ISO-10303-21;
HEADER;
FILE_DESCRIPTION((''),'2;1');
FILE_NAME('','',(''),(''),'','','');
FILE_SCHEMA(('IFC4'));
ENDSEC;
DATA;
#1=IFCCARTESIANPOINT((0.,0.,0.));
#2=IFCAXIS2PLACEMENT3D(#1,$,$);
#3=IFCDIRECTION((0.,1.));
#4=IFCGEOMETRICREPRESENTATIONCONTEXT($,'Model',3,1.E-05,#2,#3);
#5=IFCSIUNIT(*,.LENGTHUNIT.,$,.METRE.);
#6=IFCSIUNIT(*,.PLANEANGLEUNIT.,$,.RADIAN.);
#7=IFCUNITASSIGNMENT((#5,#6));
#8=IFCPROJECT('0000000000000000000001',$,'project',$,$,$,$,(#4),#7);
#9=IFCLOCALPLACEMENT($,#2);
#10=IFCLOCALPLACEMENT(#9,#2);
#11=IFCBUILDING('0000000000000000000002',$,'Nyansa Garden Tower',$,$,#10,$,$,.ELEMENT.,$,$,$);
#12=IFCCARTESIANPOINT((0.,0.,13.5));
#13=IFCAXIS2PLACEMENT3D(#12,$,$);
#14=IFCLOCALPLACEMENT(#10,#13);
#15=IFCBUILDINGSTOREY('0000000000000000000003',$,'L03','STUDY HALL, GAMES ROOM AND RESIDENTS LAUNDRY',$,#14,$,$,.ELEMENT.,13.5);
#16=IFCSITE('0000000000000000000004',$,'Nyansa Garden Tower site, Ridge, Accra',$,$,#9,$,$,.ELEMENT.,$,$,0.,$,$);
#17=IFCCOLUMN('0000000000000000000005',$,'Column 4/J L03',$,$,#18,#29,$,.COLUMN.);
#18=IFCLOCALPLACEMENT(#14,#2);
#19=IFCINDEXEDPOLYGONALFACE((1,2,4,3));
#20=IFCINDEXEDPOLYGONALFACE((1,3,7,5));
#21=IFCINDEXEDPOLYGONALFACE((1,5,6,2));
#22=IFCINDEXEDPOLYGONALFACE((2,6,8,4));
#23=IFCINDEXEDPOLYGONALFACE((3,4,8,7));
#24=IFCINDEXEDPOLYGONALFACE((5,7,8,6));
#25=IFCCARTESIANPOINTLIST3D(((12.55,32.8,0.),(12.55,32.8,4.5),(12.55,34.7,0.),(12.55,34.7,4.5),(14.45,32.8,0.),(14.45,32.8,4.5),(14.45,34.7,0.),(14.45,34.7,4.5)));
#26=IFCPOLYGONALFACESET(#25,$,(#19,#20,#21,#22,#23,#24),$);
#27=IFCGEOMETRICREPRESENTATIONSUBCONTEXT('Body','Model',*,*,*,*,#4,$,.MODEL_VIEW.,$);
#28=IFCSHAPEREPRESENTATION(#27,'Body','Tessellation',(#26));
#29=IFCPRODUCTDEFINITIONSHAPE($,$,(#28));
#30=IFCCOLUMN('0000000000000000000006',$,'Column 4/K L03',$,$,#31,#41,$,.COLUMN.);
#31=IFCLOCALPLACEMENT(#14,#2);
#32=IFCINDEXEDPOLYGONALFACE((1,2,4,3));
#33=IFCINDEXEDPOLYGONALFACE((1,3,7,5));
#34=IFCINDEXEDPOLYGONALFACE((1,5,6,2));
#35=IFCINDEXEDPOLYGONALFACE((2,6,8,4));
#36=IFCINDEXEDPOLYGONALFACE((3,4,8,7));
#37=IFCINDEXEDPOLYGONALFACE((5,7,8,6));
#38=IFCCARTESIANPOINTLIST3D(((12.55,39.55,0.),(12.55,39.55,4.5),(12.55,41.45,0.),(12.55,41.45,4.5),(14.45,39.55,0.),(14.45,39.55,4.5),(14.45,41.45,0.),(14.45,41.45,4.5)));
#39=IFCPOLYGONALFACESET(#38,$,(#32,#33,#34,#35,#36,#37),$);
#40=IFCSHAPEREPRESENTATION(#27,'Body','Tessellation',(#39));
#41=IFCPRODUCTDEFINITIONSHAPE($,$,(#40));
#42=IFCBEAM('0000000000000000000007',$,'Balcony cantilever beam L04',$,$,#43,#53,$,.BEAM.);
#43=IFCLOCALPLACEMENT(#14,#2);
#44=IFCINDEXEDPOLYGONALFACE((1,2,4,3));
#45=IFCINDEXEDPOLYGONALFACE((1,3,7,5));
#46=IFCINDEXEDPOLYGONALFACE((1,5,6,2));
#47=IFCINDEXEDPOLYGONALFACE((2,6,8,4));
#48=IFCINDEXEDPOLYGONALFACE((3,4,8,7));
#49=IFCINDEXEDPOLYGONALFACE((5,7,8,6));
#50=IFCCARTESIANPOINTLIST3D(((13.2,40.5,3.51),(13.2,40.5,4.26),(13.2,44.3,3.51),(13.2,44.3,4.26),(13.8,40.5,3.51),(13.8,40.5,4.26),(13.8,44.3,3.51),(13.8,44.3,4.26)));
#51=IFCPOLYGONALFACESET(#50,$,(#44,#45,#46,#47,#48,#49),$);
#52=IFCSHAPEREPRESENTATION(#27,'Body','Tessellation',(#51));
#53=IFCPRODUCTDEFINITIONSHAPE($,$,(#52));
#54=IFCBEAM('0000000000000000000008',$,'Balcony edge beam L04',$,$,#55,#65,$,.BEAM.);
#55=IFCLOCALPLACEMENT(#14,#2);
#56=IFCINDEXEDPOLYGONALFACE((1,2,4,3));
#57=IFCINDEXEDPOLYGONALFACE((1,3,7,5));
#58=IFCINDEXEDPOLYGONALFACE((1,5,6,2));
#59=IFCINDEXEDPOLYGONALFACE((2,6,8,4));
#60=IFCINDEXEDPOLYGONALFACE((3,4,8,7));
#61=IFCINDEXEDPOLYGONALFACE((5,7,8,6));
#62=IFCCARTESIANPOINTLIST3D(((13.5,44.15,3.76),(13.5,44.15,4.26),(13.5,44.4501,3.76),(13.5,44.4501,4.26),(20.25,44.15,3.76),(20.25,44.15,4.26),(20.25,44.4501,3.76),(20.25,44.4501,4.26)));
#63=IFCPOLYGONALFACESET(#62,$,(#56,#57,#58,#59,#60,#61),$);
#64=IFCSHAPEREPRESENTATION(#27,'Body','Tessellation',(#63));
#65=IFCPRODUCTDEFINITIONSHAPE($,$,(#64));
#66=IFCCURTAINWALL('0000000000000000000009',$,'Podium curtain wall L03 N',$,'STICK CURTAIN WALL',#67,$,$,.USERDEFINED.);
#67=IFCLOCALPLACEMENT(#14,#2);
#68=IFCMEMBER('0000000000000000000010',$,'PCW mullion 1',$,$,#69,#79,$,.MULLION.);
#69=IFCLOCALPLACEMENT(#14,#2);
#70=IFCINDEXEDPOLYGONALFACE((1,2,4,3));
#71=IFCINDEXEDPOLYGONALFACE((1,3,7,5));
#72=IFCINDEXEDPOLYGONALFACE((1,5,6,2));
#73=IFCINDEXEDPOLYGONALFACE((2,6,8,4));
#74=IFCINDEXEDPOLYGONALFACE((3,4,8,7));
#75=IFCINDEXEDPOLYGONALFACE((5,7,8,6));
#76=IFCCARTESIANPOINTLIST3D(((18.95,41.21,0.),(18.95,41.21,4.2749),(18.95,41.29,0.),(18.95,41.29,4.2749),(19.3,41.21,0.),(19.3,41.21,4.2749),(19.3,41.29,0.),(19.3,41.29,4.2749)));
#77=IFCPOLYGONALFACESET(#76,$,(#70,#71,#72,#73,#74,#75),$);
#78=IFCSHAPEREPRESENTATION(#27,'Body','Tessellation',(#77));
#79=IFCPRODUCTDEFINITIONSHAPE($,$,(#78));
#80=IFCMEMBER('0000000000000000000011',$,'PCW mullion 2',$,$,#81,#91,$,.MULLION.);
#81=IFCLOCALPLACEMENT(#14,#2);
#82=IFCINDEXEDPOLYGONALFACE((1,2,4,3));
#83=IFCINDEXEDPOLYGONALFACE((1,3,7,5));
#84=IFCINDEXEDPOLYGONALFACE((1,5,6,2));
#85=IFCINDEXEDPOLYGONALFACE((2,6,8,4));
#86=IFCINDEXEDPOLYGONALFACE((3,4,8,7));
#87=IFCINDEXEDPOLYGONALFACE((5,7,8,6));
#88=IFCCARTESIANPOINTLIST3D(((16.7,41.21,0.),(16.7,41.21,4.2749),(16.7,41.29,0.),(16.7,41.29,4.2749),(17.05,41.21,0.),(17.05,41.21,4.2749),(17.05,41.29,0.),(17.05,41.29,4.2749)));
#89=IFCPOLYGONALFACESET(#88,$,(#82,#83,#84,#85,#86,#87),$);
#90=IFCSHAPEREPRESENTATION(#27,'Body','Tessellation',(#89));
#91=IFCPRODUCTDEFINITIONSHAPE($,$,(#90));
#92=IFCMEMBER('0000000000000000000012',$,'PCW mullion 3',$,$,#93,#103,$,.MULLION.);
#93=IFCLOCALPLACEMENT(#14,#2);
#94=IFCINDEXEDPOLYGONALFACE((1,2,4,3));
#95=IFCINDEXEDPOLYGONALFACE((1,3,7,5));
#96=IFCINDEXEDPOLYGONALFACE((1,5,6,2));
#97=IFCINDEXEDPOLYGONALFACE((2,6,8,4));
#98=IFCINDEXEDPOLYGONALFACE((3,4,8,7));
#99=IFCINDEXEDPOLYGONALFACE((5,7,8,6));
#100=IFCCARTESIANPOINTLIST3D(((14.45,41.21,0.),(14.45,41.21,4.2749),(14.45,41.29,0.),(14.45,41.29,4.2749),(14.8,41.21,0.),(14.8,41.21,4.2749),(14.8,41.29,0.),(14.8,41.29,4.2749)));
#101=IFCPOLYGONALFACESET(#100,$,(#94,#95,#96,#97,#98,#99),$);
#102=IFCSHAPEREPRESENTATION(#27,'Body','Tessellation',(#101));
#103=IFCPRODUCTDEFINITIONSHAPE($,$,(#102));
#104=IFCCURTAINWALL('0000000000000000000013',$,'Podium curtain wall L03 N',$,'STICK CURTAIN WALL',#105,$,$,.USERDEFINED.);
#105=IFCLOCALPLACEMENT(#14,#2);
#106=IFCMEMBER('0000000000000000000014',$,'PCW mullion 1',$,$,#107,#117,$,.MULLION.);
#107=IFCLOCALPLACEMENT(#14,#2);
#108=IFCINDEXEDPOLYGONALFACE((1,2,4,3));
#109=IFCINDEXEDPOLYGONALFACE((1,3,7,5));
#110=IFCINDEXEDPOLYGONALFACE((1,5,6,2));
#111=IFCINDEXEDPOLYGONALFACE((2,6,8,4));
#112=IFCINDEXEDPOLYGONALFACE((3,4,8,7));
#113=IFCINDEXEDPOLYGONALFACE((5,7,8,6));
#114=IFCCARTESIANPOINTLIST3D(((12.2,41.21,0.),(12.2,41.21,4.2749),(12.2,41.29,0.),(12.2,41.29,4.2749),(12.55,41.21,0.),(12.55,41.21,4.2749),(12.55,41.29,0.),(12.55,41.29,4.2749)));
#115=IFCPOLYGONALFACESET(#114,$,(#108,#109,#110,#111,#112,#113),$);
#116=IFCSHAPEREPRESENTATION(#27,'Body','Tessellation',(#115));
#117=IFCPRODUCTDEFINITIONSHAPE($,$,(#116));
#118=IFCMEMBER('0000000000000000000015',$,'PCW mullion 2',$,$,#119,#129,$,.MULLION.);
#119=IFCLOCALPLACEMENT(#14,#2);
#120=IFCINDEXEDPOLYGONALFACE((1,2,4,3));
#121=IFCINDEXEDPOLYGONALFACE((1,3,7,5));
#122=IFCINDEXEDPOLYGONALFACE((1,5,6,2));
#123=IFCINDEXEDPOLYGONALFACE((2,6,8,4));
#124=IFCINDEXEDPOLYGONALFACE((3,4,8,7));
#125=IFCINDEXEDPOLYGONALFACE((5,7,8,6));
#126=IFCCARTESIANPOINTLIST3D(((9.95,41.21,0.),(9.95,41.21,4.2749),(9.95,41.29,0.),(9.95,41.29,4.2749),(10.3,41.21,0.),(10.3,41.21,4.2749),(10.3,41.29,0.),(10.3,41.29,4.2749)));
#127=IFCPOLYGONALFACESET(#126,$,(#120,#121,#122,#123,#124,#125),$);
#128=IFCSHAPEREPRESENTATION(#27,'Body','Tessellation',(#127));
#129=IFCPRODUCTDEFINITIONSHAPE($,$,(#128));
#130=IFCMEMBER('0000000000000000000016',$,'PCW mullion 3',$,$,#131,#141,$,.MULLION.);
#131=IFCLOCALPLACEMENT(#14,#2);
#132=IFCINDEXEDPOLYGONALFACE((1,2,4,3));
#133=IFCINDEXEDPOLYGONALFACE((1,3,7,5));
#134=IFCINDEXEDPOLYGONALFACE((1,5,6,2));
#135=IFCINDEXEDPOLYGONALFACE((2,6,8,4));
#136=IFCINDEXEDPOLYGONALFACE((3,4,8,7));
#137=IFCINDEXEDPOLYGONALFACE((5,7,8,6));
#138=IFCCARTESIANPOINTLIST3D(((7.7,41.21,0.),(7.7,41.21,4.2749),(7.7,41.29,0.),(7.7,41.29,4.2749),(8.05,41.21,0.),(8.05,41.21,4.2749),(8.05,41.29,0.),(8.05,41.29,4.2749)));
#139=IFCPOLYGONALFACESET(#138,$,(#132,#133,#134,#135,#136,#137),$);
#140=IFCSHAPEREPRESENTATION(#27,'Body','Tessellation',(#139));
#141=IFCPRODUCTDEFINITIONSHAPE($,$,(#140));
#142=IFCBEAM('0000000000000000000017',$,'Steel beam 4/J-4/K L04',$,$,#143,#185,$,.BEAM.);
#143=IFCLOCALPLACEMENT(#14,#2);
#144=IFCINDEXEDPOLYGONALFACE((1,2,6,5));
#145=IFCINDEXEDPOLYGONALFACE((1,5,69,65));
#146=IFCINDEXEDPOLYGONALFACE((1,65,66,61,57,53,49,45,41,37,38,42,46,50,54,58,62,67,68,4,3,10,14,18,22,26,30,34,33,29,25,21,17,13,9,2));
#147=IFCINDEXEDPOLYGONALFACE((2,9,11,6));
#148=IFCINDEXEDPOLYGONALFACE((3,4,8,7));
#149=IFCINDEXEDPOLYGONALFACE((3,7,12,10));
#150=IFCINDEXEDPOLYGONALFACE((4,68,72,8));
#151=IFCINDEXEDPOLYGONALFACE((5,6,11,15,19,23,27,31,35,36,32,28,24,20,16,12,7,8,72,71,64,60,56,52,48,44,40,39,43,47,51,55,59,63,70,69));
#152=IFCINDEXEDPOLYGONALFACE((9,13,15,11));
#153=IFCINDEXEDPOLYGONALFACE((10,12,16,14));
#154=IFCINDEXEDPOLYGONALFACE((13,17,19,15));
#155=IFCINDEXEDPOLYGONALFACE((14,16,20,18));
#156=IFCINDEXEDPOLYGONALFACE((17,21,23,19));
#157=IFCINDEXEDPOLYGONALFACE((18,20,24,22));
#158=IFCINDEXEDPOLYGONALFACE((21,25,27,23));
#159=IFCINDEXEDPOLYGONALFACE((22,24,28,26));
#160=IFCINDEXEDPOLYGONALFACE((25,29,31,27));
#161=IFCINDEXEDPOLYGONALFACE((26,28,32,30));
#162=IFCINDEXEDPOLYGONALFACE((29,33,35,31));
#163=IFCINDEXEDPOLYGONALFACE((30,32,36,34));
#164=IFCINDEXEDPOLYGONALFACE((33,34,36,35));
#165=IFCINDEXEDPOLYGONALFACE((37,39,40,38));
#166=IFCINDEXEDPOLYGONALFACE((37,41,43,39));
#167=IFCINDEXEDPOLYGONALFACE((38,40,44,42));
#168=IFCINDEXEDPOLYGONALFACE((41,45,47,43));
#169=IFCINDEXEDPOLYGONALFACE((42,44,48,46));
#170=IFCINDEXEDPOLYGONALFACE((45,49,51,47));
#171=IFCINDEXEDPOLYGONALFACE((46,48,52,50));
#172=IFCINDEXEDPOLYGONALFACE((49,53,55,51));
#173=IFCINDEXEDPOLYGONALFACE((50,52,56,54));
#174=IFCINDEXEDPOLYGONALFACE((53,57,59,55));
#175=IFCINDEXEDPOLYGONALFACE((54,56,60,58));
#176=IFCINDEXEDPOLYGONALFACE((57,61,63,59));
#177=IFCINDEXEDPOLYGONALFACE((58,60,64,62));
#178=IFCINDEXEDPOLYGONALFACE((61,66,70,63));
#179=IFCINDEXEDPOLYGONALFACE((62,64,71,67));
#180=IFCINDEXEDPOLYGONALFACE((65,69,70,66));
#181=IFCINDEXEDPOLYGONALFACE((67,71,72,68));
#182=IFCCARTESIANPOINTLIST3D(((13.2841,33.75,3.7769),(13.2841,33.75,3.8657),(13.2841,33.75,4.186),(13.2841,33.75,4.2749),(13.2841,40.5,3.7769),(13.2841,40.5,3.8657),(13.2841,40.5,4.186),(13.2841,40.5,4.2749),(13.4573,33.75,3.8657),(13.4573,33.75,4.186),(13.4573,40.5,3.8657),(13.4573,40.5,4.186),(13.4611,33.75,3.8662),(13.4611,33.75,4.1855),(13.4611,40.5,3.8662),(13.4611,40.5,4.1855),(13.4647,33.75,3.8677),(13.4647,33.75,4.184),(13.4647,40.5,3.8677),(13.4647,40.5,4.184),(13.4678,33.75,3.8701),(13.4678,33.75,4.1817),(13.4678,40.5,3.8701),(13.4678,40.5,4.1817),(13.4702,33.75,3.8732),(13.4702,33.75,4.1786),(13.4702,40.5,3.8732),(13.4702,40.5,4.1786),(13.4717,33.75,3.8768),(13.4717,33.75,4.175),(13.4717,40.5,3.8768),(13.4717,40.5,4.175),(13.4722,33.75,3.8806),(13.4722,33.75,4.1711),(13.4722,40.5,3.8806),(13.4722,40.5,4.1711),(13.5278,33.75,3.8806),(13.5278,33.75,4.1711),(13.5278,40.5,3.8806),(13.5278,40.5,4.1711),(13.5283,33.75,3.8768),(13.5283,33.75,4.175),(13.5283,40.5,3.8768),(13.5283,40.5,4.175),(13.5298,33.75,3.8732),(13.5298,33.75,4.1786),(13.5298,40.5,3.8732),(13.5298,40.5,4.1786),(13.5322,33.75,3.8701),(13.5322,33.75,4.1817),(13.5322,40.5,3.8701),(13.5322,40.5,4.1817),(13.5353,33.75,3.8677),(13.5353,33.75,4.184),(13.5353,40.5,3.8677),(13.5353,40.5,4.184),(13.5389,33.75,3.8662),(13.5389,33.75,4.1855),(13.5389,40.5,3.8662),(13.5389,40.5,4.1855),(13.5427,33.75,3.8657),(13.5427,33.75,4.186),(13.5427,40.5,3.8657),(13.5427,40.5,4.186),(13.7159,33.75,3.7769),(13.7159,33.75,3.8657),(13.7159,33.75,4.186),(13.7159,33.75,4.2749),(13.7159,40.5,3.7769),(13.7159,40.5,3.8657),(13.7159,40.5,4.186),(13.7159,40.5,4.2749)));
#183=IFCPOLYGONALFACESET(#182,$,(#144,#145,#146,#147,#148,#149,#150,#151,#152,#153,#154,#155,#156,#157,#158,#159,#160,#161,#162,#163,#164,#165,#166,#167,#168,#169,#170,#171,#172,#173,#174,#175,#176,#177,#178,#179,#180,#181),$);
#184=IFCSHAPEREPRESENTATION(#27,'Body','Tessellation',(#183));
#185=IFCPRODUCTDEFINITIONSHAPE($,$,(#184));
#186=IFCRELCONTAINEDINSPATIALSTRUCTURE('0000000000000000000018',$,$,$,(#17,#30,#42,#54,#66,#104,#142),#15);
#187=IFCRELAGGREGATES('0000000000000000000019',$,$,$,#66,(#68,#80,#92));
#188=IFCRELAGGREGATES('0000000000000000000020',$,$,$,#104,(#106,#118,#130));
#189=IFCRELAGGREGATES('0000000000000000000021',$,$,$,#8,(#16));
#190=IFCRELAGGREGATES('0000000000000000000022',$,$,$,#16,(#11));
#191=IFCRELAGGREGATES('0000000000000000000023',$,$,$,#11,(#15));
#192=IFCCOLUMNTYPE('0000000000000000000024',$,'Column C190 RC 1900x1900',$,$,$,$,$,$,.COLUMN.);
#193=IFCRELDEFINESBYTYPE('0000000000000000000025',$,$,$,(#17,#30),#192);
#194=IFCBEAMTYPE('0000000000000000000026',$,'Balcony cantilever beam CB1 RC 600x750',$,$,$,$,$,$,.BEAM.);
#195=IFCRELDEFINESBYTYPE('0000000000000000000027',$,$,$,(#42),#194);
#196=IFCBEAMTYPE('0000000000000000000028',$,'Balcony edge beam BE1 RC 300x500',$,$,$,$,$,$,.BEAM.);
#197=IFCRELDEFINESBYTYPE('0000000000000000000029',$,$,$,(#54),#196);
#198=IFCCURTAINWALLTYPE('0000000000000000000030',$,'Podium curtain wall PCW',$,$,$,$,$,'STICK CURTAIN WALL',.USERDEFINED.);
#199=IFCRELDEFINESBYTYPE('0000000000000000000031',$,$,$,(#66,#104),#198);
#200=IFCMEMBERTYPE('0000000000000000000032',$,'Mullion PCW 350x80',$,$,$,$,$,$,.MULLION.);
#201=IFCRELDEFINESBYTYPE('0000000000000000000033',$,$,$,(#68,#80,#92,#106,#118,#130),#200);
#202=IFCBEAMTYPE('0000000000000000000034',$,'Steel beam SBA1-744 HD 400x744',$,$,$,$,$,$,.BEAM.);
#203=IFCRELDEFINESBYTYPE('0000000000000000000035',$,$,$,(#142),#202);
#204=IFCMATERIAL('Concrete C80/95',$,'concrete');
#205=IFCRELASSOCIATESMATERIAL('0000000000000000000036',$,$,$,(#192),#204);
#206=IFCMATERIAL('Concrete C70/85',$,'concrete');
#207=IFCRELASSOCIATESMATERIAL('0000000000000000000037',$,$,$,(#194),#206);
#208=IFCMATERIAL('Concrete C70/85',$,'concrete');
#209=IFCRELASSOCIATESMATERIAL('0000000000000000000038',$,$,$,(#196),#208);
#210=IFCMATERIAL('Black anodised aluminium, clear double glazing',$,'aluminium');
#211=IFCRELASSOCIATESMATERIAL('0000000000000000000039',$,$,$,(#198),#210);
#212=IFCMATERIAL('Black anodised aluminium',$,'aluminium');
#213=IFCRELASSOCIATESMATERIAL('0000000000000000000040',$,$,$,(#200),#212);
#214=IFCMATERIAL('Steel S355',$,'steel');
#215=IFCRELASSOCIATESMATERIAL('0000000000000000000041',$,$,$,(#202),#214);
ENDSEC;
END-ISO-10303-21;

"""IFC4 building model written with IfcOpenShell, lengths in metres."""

from ifc_helpers import new_model, si_unit, direction, frame, origin, origin_2d, place, context, subcontext, project, spatial, rectangle, i_section, extrude, material, material_profile, profile_set, type_object, element, aggregate, save


model = new_model("IFC4")

# Units and contexts
model_context = context("Model", 3, precision=1e-05, world=origin(), true_north=direction((0.0, 1.0)))
body_context = subcontext(model_context, "Body", "Model", "MODEL_VIEW")
ifc_project = project(units=[si_unit("LENGTHUNIT", "METRE"), si_unit("PLANEANGLEUNIT", "RADIAN")], contexts=[model_context])

# Site, building, storey
site_placement = place(None, origin())
site = spatial("IfcSite", under=ifc_project, at=site_placement, Name="Nyansa Garden Tower site, Ridge, Accra", CompositionType="ELEMENT", RefElevation=0.0)
building_placement = place(site_placement, origin())
building = spatial("IfcBuilding", under=site, at=building_placement, Name="Nyansa Garden Tower", CompositionType="ELEMENT")
storey_placement = place(building_placement, frame((0.0, 0.0, 13.5)))
storey = spatial("IfcBuildingStorey", under=building, at=storey_placement, Name="L03", Description="STUDY HALL, GAMES ROOM AND RESIDENTS LAUNDRY", CompositionType="ELEMENT", Elevation=13.5)

# Columns
ifc_material_1 = material(Name="Concrete C80/95", Category="concrete")
ifc_material_profile_1 = material_profile(ifc_material_1, rectangle(XDim=1.8999, YDim=1.8999, at=origin_2d()), Name="RC 1900x1900")
ifc_profile_set_1 = profile_set([ifc_material_profile_1], Name="Concrete C80/95")
column_type = type_object("IfcColumnType", Name="Column C190 RC 1900x1900", PredefinedType="COLUMN", material=ifc_profile_set_1)
for number, where, z_axis, x_axis, name in (
    (1, (13.5, 33.75, 0.0), (0.0, 0.0, 1.0), (1.0, 0.0, 0.0), "Column 4/J L03"),
    (2, (13.5, 40.5, 0.0), (0.0, 0.0, 1.0), (1.0, 0.0, 0.0), "Column 4/K L03"),
):
    element("IfcColumn", number, at=place(storey_placement, frame(where, z_axis=z_axis, x_axis=x_axis)), inside=storey, type_object=column_type, Name=name, PredefinedType="COLUMN", context=body_context, shape_type="SweptSolid", body=[
        extrude(rectangle(XDim=1.8999, YDim=1.8999, at=origin_2d()), origin(), (0.0, 0.0, 1.0), 4.5),
    ])

# Beams
ifc_material_2 = material(Name="Concrete C70/85", Category="concrete")
ifc_material_profile_2 = material_profile(ifc_material_2, rectangle(XDim=0.6001, YDim=0.75, at=origin_2d()), Name="RC 600x750")
ifc_profile_set_2 = profile_set([ifc_material_profile_2], Name="Concrete C70/85")
beam_type_1 = type_object("IfcBeamType", Name="Balcony cantilever beam CB1 RC 600x750", PredefinedType="BEAM", material=ifc_profile_set_2)
beam_1_placement = place(storey_placement, frame((13.5, 40.5, 3.885), z_axis=(0.0, 1.0, 0.0), x_axis=(-1.0, 0.0, 0.0)))
element("IfcBeam", 3, at=beam_1_placement, inside=storey, type_object=beam_type_1, Name="Balcony cantilever beam L04", PredefinedType="BEAM", context=body_context, shape_type="SweptSolid", body=[
    extrude(rectangle(XDim=0.6001, YDim=0.75, at=origin_2d()), origin(), (0.0, 0.0, 1.0), 3.8),
])
ifc_material_3 = material(Name="Concrete C70/85", Category="concrete")
ifc_material_profile_3 = material_profile(ifc_material_3, rectangle(XDim=0.3, YDim=0.5, at=origin_2d()), Name="RC 300x500")
ifc_profile_set_3 = profile_set([ifc_material_profile_3], Name="Concrete C70/85")
beam_type_2 = type_object("IfcBeamType", Name="Balcony edge beam BE1 RC 300x500", PredefinedType="BEAM", material=ifc_profile_set_3)
beam_2_placement = place(storey_placement, frame((13.5, 44.3, 4.01), z_axis=(1.0, 0.0, 0.0), x_axis=(0.0, 1.0, 0.0)))
element("IfcBeam", 4, at=beam_2_placement, inside=storey, type_object=beam_type_2, Name="Balcony edge beam L04", PredefinedType="BEAM", context=body_context, shape_type="SweptSolid", body=[
    extrude(rectangle(XDim=0.3, YDim=0.5, at=origin_2d()), origin(), (0.0, 0.0, 1.0), 6.75),
])

# Curtain walls, members
ifc_material_4 = material(Name="Black anodised aluminium, clear double glazing", Category="aluminium")
curtain_wall_type = type_object("IfcCurtainWallType", Name="Podium curtain wall PCW", ElementType="STICK CURTAIN WALL", PredefinedType="USERDEFINED", material=ifc_material_4)
curtain_wall_1_placement = place(storey_placement, origin())
curtain_wall_1 = element("IfcCurtainWall", 5, at=curtain_wall_1_placement, inside=storey, type_object=curtain_wall_type, Name="Podium curtain wall L03 N", ObjectType="STICK CURTAIN WALL", PredefinedType="USERDEFINED")
ifc_material_5 = material(Name="Black anodised aluminium", Category="aluminium")
ifc_material_profile_4 = material_profile(ifc_material_5, rectangle(XDim=0.0801, YDim=0.3501, at=origin_2d()), Name="Mullion 350x80")
ifc_profile_set_4 = profile_set([ifc_material_profile_4], Name="Black anodised aluminium")
member_type_1 = type_object("IfcMemberType", Name="Mullion PCW 350x80", PredefinedType="MULLION", material=ifc_profile_set_4)
member_1_placement = place(storey_placement, frame((19.125, 41.25, 0.0), z_axis=(0.0, 0.0, 1.0), x_axis=(0.0, -1.0, 0.0)))
member_1 = element("IfcMember", 6, at=member_1_placement, type_object=member_type_1, Name="PCW mullion 1", PredefinedType="MULLION", context=body_context, shape_type="SweptSolid", body=[
    extrude(rectangle(XDim=0.0801, YDim=0.3501, at=origin_2d()), origin(), (0.0, 0.0, 1.0), 4.2749),
])
member_2_placement = place(storey_placement, frame((16.875, 41.25, 0.0), z_axis=(0.0, 0.0, 1.0), x_axis=(0.0, -1.0, 0.0)))
member_2 = element("IfcMember", 7, at=member_2_placement, type_object=member_type_1, Name="PCW mullion 2", PredefinedType="MULLION", context=body_context, shape_type="SweptSolid", body=[
    extrude(rectangle(XDim=0.0801, YDim=0.3501, at=origin_2d()), origin(), (0.0, 0.0, 1.0), 4.2749),
])
member_3_placement = place(storey_placement, frame((14.625, 41.25, 0.0), z_axis=(0.0, 0.0, 1.0), x_axis=(0.0, -1.0, 0.0)))
member_3 = element("IfcMember", 8, at=member_3_placement, type_object=member_type_1, Name="PCW mullion 3", PredefinedType="MULLION", context=body_context, shape_type="SweptSolid", body=[
    extrude(rectangle(XDim=0.0801, YDim=0.3501, at=origin_2d()), origin(), (0.0, 0.0, 1.0), 4.2749),
])
curtain_wall_2_placement = place(storey_placement, origin())
curtain_wall_2 = element("IfcCurtainWall", 9, at=curtain_wall_2_placement, inside=storey, type_object=curtain_wall_type, Name="Podium curtain wall L03 N", ObjectType="STICK CURTAIN WALL", PredefinedType="USERDEFINED")
member_4_placement = place(storey_placement, frame((12.375, 41.25, 0.0), z_axis=(0.0, 0.0, 1.0), x_axis=(0.0, -1.0, 0.0)))
member_4 = element("IfcMember", 10, at=member_4_placement, type_object=member_type_1, Name="PCW mullion 1", PredefinedType="MULLION", context=body_context, shape_type="SweptSolid", body=[
    extrude(rectangle(XDim=0.0801, YDim=0.3501, at=origin_2d()), origin(), (0.0, 0.0, 1.0), 4.2749),
])
member_5_placement = place(storey_placement, frame((10.125, 41.25, 0.0), z_axis=(0.0, 0.0, 1.0), x_axis=(0.0, -1.0, 0.0)))
member_5 = element("IfcMember", 11, at=member_5_placement, type_object=member_type_1, Name="PCW mullion 2", PredefinedType="MULLION", context=body_context, shape_type="SweptSolid", body=[
    extrude(rectangle(XDim=0.0801, YDim=0.3501, at=origin_2d()), origin(), (0.0, 0.0, 1.0), 4.2749),
])
member_6_placement = place(storey_placement, frame((7.875, 41.25, 0.0), z_axis=(0.0, 0.0, 1.0), x_axis=(0.0, -1.0, 0.0)))
member_6 = element("IfcMember", 12, at=member_6_placement, type_object=member_type_1, Name="PCW mullion 3", PredefinedType="MULLION", context=body_context, shape_type="SweptSolid", body=[
    extrude(rectangle(XDim=0.0801, YDim=0.3501, at=origin_2d()), origin(), (0.0, 0.0, 1.0), 4.2749),
])

# Beam
ifc_material_6 = material(Name="Steel S355", Category="steel")
ifc_material_profile_5 = material_profile(ifc_material_6, i_section(OverallWidth=0.4319, OverallDepth=0.498, WebThickness=0.0557, FlangeThickness=0.0889, FilletRadius=0.0149, at=origin_2d()), Name="HD 400x744")
ifc_profile_set_5 = profile_set([ifc_material_profile_5], Name="Steel S355")
beam_type_3 = type_object("IfcBeamType", Name="Steel beam SBA1-744 HD 400x744", PredefinedType="BEAM", material=ifc_profile_set_5)
for number, where, z_axis, x_axis, name in (
    (13, (13.5, 33.75, 4.0259), (0.0, 1.0, 0.0), (-1.0, 0.0, 0.0), "Steel beam 4/J-4/K L04"),
):
    element("IfcBeam", number, at=place(storey_placement, frame(where, z_axis=z_axis, x_axis=x_axis)), inside=storey, type_object=beam_type_3, Name=name, PredefinedType="BEAM", context=body_context, shape_type="SweptSolid", body=[
        extrude(i_section(OverallWidth=0.4319, OverallDepth=0.498, WebThickness=0.0557, FlangeThickness=0.0889, FilletRadius=0.0149, at=origin_2d()), origin(), (0.0, 0.0, 1.0), 6.75),
    ])

aggregate(curtain_wall_1, [member_1, member_2, member_3])
aggregate(curtain_wall_2, [member_4, member_5, member_6])

save(model, "model.ifc")
